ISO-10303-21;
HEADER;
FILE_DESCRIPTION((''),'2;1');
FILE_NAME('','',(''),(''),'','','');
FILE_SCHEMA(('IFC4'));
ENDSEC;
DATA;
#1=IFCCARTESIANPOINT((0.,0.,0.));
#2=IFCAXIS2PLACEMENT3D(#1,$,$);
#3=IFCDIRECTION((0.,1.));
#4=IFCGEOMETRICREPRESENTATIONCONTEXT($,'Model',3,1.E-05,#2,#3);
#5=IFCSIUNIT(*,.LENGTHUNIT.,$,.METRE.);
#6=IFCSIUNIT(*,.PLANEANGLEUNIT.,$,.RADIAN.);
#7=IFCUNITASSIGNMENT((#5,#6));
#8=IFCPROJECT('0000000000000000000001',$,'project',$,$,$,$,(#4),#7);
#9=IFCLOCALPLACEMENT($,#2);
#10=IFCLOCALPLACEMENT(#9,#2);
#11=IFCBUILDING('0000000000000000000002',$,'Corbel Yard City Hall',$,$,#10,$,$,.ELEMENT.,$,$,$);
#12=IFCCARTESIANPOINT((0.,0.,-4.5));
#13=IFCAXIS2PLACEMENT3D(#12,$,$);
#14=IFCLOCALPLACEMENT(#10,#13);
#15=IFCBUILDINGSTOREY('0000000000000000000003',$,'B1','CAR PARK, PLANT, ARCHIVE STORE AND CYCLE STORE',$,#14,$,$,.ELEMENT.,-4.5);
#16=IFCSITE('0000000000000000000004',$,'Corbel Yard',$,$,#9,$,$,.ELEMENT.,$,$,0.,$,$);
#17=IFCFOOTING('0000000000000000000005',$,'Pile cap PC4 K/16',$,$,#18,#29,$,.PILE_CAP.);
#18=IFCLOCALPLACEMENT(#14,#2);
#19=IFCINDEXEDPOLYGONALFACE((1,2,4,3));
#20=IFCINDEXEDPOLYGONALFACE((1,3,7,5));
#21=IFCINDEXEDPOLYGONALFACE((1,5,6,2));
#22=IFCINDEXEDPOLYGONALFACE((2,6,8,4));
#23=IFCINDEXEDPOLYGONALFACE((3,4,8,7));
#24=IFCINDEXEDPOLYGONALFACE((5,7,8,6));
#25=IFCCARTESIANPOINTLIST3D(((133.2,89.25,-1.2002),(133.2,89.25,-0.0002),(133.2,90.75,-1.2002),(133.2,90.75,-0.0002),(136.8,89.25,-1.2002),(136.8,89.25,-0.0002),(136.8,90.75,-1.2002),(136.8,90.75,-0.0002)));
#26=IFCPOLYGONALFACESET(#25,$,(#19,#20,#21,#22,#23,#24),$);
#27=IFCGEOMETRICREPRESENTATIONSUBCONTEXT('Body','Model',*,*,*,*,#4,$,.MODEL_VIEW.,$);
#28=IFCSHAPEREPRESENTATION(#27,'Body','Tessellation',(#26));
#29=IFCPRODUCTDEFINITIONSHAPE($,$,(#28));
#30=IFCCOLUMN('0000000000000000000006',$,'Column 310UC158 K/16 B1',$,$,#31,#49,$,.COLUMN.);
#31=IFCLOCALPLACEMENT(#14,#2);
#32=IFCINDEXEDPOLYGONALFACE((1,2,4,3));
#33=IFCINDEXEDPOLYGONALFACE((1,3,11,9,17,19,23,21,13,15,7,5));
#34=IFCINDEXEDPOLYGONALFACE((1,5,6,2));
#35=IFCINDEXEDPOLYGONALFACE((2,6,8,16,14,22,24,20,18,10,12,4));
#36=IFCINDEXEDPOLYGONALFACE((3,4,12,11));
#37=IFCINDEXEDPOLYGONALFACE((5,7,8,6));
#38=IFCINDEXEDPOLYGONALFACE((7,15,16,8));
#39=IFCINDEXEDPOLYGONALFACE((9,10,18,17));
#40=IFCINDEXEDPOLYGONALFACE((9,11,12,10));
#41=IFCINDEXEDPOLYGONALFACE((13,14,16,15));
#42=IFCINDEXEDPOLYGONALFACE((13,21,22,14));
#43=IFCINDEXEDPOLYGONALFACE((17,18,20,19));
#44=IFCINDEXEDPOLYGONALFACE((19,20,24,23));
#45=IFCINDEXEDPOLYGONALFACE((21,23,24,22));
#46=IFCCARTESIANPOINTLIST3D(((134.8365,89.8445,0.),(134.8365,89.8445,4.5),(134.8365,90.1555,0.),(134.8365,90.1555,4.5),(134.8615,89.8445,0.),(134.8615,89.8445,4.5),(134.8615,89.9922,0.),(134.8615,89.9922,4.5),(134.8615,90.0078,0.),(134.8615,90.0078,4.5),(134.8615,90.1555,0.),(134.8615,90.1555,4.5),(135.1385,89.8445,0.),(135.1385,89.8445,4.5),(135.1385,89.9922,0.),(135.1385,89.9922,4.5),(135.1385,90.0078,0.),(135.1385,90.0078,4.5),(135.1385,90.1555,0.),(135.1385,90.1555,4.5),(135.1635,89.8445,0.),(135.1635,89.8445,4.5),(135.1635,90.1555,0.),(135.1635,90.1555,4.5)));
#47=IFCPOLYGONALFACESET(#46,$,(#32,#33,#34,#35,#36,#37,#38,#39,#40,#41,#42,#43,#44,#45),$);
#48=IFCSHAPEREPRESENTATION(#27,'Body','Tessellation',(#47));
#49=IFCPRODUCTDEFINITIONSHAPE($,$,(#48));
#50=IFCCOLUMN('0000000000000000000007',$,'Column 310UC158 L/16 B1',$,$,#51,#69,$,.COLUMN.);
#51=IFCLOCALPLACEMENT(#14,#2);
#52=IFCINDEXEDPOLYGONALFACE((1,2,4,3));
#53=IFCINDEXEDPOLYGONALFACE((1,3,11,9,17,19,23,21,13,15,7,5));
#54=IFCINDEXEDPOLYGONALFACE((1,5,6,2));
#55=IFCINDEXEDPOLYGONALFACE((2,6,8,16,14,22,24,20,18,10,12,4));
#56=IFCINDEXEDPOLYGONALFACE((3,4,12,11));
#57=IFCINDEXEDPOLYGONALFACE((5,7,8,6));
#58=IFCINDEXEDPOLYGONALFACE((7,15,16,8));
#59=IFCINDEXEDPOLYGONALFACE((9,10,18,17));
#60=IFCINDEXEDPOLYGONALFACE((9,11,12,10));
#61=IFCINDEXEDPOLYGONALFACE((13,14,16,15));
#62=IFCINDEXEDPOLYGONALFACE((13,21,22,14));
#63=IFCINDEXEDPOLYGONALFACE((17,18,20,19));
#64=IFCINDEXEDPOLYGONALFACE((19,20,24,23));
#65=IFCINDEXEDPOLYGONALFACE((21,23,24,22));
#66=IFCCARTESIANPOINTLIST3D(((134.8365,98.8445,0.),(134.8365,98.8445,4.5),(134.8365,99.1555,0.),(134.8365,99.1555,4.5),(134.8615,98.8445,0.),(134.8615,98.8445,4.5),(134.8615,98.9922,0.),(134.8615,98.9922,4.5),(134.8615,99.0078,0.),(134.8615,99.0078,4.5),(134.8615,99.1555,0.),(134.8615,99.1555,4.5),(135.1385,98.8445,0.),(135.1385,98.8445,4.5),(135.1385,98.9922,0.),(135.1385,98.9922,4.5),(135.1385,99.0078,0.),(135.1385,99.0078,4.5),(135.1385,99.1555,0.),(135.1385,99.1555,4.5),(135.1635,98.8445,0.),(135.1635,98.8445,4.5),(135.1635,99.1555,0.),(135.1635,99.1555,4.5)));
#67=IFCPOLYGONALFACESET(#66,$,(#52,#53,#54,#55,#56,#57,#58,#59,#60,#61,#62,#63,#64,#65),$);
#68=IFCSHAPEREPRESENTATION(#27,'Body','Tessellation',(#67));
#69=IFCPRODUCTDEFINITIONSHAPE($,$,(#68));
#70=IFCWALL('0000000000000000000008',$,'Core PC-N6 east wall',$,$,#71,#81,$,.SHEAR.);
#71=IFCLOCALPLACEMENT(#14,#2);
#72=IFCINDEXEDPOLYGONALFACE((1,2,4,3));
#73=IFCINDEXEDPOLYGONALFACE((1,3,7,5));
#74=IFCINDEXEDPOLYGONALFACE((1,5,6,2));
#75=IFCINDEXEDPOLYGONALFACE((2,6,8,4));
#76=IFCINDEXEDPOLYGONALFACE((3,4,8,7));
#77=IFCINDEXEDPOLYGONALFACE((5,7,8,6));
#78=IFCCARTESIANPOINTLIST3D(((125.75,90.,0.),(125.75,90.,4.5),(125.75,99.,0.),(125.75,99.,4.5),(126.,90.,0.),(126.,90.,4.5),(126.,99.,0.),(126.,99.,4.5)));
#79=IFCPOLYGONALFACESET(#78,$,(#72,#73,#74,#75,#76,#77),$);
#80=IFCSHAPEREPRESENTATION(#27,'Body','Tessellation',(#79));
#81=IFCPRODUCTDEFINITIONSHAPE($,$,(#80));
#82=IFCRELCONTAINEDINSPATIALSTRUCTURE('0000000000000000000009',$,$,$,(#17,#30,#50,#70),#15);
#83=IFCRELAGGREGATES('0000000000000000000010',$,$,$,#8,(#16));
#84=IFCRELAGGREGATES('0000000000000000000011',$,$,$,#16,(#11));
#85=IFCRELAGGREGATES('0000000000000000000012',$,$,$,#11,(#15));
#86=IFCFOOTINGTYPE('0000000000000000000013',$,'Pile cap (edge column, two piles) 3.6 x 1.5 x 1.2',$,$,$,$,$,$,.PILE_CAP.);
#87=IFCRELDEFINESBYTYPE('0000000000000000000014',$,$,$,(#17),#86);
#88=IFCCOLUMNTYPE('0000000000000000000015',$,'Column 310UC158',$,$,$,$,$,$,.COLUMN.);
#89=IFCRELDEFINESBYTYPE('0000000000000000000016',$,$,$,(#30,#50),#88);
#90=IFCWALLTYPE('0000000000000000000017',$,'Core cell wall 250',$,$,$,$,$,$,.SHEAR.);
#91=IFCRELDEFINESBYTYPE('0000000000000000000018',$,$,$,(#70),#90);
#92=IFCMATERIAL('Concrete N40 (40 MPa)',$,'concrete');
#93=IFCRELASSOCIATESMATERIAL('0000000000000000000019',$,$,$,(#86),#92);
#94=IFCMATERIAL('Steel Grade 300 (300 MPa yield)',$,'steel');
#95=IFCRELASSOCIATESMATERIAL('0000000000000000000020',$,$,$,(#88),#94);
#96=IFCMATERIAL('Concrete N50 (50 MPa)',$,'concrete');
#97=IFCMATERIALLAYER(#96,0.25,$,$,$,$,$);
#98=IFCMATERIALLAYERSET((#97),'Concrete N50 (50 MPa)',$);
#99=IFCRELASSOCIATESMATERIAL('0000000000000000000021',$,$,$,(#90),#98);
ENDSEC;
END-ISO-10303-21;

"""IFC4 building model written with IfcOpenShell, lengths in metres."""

from ifc_helpers import new_model, si_unit, direction, frame, frame_2d, origin, origin_2d, place, context, subcontext, project, spatial, rectangle, i_section, extrude, material, layer, layer_set, material_profile, profile_set, type_object, element, save


model = new_model("IFC4")

# Units and contexts
model_context = context("Model", 3, precision=1e-05, world=origin(), true_north=direction((0.0, 1.0)))
body_context = subcontext(model_context, "Body", "Model", "MODEL_VIEW")
ifc_project = project(units=[si_unit("LENGTHUNIT", "METRE"), si_unit("PLANEANGLEUNIT", "RADIAN")], contexts=[model_context])

# Site, building, storey
site_placement = place(None, origin())
site = spatial("IfcSite", under=ifc_project, at=site_placement, Name="Corbel Yard", CompositionType="ELEMENT", RefElevation=0.0)
building_placement = place(site_placement, origin())
building = spatial("IfcBuilding", under=site, at=building_placement, Name="Corbel Yard City Hall", CompositionType="ELEMENT")
storey_placement = place(building_placement, frame((0.0, 0.0, -4.5)))
storey = spatial("IfcBuildingStorey", under=building, at=storey_placement, Name="B1", Description="CAR PARK, PLANT, ARCHIVE STORE AND CYCLE STORE", CompositionType="ELEMENT", Elevation=-4.5)

# Shared definitions
ifc_material_1 = material(Name="Concrete N40 (40 MPa)", Category="concrete")

# Footing
footing_type_1 = type_object("IfcFootingType", Name="Pile cap (edge column, two piles) 3.6 x 1.5 x 1.2", PredefinedType="PILE_CAP", material=ifc_material_1)
footing_1_placement = place(storey_placement, frame((135.0, 90.0, -1.2002), z_axis=(0.0, 0.0, 1.0), x_axis=(1.0, 0.0, 0.0)))
element("IfcFooting", 1, at=footing_1_placement, inside=storey, type_object=footing_type_1, Name="Pile cap PC4 K/16", PredefinedType="PILE_CAP", context=body_context, shape_type="SweptSolid", body=[
    extrude(rectangle(XDim=3.6001, YDim=1.5, at=origin_2d()), origin(), (0.0, 0.0, 1.0), 1.2),
])

# Columns
ifc_material_2 = material(Name="Steel Grade 300 (300 MPa yield)", Category="steel")
ifc_material_profile_1 = material_profile(ifc_material_2, i_section(OverallWidth=0.311, OverallDepth=0.3269, WebThickness=0.0156, FlangeThickness=0.0249, at=origin_2d()), Name="310UC158")
ifc_profile_set_1 = profile_set([ifc_material_profile_1], Name="Steel Grade 300 (300 MPa yield)")
column_type = type_object("IfcColumnType", Name="Column 310UC158", PredefinedType="COLUMN", material=ifc_profile_set_1)
for number, where, z_axis, x_axis, name in (
    (2, (135.0, 90.0, 0.0), (0.0, 0.0, 1.0), (0.0, 1.0, 0.0), "Column 310UC158 K/16 B1"),
    (3, (135.0, 99.0, 0.0), (0.0, 0.0, 1.0), (0.0, 1.0, 0.0), "Column 310UC158 L/16 B1"),
):
    element("IfcColumn", number, at=place(storey_placement, frame(where, z_axis=z_axis, x_axis=x_axis)), inside=storey, type_object=column_type, Name=name, PredefinedType="COLUMN", context=body_context, shape_type="SweptSolid", body=[
        extrude(i_section(OverallWidth=0.311, OverallDepth=0.3269, WebThickness=0.0156, FlangeThickness=0.0249, at=origin_2d()), origin(), (0.0, 0.0, 1.0), 4.5),
    ])

# Wall
ifc_material_3 = material(Name="Concrete N50 (50 MPa)", Category="concrete")
ifc_layer = layer(ifc_material_3, 0.25)
ifc_layer_set = layer_set([ifc_layer], Name="Concrete N50 (50 MPa)")
wall_type = type_object("IfcWallType", Name="Core cell wall 250", PredefinedType="SHEAR", material=ifc_layer_set)
wall_placement = place(storey_placement, frame((125.875, 90.0, 0.0), z_axis=(0.0, 0.0, 1.0), x_axis=(0.0, 1.0, 0.0)))
element("IfcWall", 4, at=wall_placement, inside=storey, type_object=wall_type, Name="Core PC-N6 east wall", PredefinedType="SHEAR", context=body_context, shape_type="SweptSolid", body=[
    extrude(rectangle(XDim=9.0, YDim=0.25, at=frame_2d((4.5, 0.0))), origin(), (0.0, 0.0, 1.0), 4.5),
])

save(model, "model.ifc")
